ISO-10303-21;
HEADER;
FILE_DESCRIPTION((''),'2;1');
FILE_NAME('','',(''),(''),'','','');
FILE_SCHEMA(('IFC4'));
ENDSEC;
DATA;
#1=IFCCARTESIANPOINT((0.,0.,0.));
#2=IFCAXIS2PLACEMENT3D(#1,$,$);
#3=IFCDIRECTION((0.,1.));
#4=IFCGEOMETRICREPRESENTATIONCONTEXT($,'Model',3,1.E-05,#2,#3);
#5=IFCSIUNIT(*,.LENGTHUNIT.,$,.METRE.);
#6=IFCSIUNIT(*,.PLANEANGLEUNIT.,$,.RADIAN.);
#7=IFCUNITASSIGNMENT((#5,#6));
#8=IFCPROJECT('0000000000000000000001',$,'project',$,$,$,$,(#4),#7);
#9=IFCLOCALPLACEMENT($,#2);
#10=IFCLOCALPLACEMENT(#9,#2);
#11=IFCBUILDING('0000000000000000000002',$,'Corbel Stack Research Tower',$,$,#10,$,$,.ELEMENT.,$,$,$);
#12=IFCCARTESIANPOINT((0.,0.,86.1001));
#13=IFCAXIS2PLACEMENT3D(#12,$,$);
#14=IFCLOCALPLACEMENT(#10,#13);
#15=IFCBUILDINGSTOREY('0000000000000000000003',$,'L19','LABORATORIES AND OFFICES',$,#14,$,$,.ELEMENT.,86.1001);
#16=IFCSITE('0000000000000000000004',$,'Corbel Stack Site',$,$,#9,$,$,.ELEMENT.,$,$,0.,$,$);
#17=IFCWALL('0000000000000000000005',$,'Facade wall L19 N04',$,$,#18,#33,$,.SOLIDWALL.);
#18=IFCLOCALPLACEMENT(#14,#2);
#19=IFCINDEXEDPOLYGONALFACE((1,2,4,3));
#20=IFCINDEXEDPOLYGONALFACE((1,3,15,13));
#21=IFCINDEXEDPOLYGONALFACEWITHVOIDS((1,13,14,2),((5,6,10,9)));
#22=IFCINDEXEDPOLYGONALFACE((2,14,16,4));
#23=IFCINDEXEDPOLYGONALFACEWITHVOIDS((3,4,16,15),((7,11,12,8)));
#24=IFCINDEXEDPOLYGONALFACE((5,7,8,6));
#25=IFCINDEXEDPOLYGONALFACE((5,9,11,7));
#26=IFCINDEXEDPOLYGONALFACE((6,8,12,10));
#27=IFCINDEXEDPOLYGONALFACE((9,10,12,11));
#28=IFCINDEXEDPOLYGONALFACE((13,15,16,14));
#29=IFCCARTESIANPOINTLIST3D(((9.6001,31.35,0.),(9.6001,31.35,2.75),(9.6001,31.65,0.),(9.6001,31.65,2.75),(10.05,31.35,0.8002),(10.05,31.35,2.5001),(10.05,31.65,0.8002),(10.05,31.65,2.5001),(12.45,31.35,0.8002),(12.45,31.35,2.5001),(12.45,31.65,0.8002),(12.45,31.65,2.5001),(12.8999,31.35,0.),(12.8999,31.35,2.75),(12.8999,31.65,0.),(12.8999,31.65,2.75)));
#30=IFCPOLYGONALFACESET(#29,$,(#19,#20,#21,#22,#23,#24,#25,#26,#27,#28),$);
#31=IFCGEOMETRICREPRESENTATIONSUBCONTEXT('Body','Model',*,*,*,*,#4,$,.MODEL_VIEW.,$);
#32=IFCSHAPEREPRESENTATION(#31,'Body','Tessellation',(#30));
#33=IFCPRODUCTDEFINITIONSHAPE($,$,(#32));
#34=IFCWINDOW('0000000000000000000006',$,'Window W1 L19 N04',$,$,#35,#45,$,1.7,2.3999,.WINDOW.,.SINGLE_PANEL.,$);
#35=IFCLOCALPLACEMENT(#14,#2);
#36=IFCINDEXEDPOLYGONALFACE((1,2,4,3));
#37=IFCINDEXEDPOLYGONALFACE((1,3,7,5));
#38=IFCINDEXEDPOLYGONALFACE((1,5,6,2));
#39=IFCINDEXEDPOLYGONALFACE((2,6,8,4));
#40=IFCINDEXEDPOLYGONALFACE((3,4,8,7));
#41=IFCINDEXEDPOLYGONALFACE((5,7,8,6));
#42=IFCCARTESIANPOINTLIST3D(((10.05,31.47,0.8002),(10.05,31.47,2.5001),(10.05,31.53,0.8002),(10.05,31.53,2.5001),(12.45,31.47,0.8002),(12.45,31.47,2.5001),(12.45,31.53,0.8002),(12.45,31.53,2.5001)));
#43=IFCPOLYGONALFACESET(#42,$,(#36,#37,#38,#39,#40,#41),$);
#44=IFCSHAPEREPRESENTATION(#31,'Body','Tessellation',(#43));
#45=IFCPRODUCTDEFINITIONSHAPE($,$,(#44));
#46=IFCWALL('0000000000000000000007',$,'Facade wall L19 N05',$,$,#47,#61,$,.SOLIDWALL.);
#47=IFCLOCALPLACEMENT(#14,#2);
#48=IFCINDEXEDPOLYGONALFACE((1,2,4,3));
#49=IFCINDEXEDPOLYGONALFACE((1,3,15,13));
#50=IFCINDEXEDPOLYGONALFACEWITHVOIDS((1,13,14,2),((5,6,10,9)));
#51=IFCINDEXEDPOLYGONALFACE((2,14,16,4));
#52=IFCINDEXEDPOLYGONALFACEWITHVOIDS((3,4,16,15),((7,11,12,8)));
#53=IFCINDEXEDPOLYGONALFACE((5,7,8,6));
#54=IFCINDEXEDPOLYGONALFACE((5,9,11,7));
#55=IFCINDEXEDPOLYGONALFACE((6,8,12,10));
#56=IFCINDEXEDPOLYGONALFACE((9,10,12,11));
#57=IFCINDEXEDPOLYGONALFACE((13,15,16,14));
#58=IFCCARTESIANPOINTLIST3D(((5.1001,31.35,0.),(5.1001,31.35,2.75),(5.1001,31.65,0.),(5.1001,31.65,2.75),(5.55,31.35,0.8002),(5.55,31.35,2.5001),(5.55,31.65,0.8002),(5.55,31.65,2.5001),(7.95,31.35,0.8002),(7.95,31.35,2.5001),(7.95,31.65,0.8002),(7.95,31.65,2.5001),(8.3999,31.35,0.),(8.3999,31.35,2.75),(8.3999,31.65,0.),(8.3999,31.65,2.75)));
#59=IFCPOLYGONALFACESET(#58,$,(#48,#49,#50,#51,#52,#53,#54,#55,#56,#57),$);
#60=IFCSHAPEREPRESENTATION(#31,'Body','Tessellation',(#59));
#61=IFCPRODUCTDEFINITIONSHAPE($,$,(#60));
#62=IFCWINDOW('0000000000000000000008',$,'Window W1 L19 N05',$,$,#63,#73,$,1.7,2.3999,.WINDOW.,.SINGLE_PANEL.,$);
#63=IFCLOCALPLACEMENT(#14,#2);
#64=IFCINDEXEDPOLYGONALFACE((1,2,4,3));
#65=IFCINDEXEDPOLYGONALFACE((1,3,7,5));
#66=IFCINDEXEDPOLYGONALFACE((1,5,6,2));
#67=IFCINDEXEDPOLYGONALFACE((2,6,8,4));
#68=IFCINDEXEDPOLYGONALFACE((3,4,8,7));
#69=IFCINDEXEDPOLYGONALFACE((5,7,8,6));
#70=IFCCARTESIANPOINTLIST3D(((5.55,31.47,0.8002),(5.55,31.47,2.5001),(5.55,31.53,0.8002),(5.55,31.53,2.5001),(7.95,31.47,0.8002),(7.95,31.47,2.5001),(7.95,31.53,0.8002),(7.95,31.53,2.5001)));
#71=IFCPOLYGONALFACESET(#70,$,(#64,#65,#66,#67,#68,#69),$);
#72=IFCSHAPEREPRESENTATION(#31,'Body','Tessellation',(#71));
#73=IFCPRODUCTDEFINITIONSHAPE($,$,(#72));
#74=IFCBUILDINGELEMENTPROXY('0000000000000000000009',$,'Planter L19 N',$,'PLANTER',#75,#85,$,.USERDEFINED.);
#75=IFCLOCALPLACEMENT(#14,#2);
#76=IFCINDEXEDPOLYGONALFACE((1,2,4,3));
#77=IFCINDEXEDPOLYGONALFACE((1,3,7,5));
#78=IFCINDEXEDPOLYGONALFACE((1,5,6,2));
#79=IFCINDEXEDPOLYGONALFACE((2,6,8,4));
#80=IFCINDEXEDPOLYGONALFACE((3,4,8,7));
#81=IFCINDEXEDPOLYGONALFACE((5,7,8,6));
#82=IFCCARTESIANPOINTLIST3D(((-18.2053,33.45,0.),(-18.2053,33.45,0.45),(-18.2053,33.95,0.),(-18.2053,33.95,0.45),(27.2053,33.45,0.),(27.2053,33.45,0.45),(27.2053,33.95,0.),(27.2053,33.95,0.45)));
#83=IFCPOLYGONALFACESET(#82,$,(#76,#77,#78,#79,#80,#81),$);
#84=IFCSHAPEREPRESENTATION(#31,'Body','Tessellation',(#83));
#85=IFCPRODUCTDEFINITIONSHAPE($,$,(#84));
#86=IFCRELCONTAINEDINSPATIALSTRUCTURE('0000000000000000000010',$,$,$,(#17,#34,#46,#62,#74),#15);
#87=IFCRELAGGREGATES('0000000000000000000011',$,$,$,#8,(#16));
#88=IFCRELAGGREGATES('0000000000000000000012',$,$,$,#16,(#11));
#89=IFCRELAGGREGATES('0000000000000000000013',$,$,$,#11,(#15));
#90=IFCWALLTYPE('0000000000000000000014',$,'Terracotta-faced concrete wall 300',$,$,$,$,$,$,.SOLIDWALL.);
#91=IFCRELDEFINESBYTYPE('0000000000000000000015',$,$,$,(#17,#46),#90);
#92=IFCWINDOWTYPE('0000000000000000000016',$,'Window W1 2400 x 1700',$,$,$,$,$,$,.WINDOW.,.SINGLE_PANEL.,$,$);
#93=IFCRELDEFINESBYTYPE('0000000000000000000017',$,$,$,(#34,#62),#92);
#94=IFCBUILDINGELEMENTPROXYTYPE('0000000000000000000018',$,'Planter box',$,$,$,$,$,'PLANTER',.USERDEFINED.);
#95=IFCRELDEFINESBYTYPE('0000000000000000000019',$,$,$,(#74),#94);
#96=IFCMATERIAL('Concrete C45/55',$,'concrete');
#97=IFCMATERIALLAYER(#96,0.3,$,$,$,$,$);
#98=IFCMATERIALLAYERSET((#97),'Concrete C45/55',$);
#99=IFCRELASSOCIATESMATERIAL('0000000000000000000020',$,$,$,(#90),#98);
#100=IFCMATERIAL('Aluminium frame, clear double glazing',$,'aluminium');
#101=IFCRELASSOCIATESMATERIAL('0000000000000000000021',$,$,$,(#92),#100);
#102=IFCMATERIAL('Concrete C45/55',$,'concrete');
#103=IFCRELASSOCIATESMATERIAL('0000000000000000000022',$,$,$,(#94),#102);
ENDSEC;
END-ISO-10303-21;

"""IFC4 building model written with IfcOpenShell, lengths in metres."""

from ifc_helpers import new_model, si_unit, direction, frame, frame_2d, origin, origin_2d, place, context, subcontext, project, spatial, rectangle, extrude, material, layer, layer_set, type_object, element, fill, save


model = new_model("IFC4")

# Units and contexts
model_context = context("Model", 3, precision=1e-05, world=origin(), true_north=direction((0.0, 1.0)))
body_context = subcontext(model_context, "Body", "Model", "MODEL_VIEW")
ifc_project = project(units=[si_unit("LENGTHUNIT", "METRE"), si_unit("PLANEANGLEUNIT", "RADIAN")], contexts=[model_context])

# Site, building, storey
site_placement = place(None, origin())
site = spatial("IfcSite", under=ifc_project, at=site_placement, Name="Corbel Stack Site", CompositionType="ELEMENT", RefElevation=0.0)
building_placement = place(site_placement, origin())
building = spatial("IfcBuilding", under=site, at=building_placement, Name="Corbel Stack Research Tower", CompositionType="ELEMENT")
storey_placement = place(building_placement, frame((0.0, 0.0, 86.1001)))
storey = spatial("IfcBuildingStorey", under=building, at=storey_placement, Name="L19", Description="LABORATORIES AND OFFICES", CompositionType="ELEMENT", Elevation=86.1001)

# Shared definitions
ifc_material_1 = material(Name="Concrete C45/55", Category="concrete")
ifc_layer_1 = layer(ifc_material_1, 0.3)
ifc_layer_set_1 = layer_set([ifc_layer_1], Name="Concrete C45/55")
wall_type_1 = type_object("IfcWallType", Name="Terracotta-faced concrete wall 300", PredefinedType="SOLIDWALL", material=ifc_layer_set_1)

# Walls, openings, windows
ifc_material_2 = material(Name="Aluminium frame, clear double glazing", Category="aluminium")
window_type = type_object("IfcWindowType", Name="Window W1 2400 x 1700", PartitioningType="SINGLE_PANEL", PredefinedType="WINDOW", material=ifc_material_2)
wall_1_placement = place(storey_placement, frame((9.6001, 31.5, 0.0), z_axis=(0.0, 0.0, 1.0), x_axis=(1.0, 0.0, 0.0)))
wall_1 = element("IfcWall", 1, at=wall_1_placement, inside=storey, type_object=wall_type_1, Name="Facade wall L19 N04", PredefinedType="SOLIDWALL", context=body_context, shape_type="SweptSolid", body=[
    extrude(rectangle(XDim=3.2998, YDim=0.3, at=frame_2d((1.6499, 0.0))), origin(), (0.0, 0.0, 1.0), 2.75),
])
opening_1_placement = place(wall_1_placement, frame((0.45, 0.0, 0.8)))
opening_1 = element("IfcOpeningElement", 2, at=opening_1_placement, cuts=wall_1, PredefinedType="OPENING", context=body_context, shape_type="SweptSolid", body=[
    extrude(rectangle(XDim=2.3999, YDim=1.7, at=frame_2d((1.2, 0.8501))), frame((0.0, 0.1599, 0.0), z_axis=(0.0, -1.0, 0.0), x_axis=(1.0, 0.0, 0.0)), (0.0, 0.0, 1.0), 0.3201),
])
window_1_placement = place(opening_1_placement, origin())
window_1 = element("IfcWindow", 3, at=window_1_placement, inside=storey, type_object=window_type, Name="Window W1 L19 N04", OverallHeight=1.7, OverallWidth=2.3999, PartitioningType="SINGLE_PANEL", PredefinedType="WINDOW", context=body_context, shape_type="SweptSolid", body=[
    extrude(rectangle(XDim=2.3999, YDim=1.7, at=frame_2d((1.2, 0.8501))), frame((0.0, 0.03, 0.0), z_axis=(0.0, -1.0, 0.0), x_axis=(1.0, 0.0, 0.0)), (0.0, 0.0, 1.0), 0.0601),
])
fill(opening_1, window_1)
wall_2_placement = place(storey_placement, frame((5.1001, 31.5, 0.0), z_axis=(0.0, 0.0, 1.0), x_axis=(1.0, 0.0, 0.0)))
wall_2 = element("IfcWall", 4, at=wall_2_placement, inside=storey, type_object=wall_type_1, Name="Facade wall L19 N05", PredefinedType="SOLIDWALL", context=body_context, shape_type="SweptSolid", body=[
    extrude(rectangle(XDim=3.2998, YDim=0.3, at=frame_2d((1.6499, 0.0))), origin(), (0.0, 0.0, 1.0), 2.75),
])
opening_2_placement = place(wall_2_placement, frame((0.45, 0.0, 0.8)))
opening_2 = element("IfcOpeningElement", 5, at=opening_2_placement, cuts=wall_2, PredefinedType="OPENING", context=body_context, shape_type="SweptSolid", body=[
    extrude(rectangle(XDim=2.3999, YDim=1.7, at=frame_2d((1.2, 0.8501))), frame((0.0, 0.1599, 0.0), z_axis=(0.0, -1.0, 0.0), x_axis=(1.0, 0.0, 0.0)), (0.0, 0.0, 1.0), 0.3201),
])
window_2_placement = place(opening_2_placement, origin())
window_2 = element("IfcWindow", 6, at=window_2_placement, inside=storey, type_object=window_type, Name="Window W1 L19 N05", OverallHeight=1.7, OverallWidth=2.3999, PartitioningType="SINGLE_PANEL", PredefinedType="WINDOW", context=body_context, shape_type="SweptSolid", body=[
    extrude(rectangle(XDim=2.3999, YDim=1.7, at=frame_2d((1.2, 0.8501))), frame((0.0, 0.03, 0.0), z_axis=(0.0, -1.0, 0.0), x_axis=(1.0, 0.0, 0.0)), (0.0, 0.0, 1.0), 0.0601),
])
fill(opening_2, window_2)

# Building element proxy
ifc_material_3 = material(Name="Concrete C45/55", Category="concrete")
building_element_proxy_type = type_object("IfcBuildingElementProxyType", Name="Planter box", ElementType="PLANTER", PredefinedType="USERDEFINED", material=ifc_material_3)
proxy_placement = place(storey_placement, frame((4.5, 33.7, 0.0), z_axis=(0.0, 0.0, 1.0), x_axis=(-1.0, 0.0, 0.0)))
element("IfcBuildingElementProxy", 7, at=proxy_placement, inside=storey, type_object=building_element_proxy_type, Name="Planter L19 N", ObjectType="PLANTER", PredefinedType="USERDEFINED", context=body_context, shape_type="SweptSolid", body=[
    extrude(rectangle(XDim=45.4106, YDim=0.5, at=origin_2d()), origin(), (0.0, 0.0, 1.0), 0.45),
])

save(model, "model.ifc")
